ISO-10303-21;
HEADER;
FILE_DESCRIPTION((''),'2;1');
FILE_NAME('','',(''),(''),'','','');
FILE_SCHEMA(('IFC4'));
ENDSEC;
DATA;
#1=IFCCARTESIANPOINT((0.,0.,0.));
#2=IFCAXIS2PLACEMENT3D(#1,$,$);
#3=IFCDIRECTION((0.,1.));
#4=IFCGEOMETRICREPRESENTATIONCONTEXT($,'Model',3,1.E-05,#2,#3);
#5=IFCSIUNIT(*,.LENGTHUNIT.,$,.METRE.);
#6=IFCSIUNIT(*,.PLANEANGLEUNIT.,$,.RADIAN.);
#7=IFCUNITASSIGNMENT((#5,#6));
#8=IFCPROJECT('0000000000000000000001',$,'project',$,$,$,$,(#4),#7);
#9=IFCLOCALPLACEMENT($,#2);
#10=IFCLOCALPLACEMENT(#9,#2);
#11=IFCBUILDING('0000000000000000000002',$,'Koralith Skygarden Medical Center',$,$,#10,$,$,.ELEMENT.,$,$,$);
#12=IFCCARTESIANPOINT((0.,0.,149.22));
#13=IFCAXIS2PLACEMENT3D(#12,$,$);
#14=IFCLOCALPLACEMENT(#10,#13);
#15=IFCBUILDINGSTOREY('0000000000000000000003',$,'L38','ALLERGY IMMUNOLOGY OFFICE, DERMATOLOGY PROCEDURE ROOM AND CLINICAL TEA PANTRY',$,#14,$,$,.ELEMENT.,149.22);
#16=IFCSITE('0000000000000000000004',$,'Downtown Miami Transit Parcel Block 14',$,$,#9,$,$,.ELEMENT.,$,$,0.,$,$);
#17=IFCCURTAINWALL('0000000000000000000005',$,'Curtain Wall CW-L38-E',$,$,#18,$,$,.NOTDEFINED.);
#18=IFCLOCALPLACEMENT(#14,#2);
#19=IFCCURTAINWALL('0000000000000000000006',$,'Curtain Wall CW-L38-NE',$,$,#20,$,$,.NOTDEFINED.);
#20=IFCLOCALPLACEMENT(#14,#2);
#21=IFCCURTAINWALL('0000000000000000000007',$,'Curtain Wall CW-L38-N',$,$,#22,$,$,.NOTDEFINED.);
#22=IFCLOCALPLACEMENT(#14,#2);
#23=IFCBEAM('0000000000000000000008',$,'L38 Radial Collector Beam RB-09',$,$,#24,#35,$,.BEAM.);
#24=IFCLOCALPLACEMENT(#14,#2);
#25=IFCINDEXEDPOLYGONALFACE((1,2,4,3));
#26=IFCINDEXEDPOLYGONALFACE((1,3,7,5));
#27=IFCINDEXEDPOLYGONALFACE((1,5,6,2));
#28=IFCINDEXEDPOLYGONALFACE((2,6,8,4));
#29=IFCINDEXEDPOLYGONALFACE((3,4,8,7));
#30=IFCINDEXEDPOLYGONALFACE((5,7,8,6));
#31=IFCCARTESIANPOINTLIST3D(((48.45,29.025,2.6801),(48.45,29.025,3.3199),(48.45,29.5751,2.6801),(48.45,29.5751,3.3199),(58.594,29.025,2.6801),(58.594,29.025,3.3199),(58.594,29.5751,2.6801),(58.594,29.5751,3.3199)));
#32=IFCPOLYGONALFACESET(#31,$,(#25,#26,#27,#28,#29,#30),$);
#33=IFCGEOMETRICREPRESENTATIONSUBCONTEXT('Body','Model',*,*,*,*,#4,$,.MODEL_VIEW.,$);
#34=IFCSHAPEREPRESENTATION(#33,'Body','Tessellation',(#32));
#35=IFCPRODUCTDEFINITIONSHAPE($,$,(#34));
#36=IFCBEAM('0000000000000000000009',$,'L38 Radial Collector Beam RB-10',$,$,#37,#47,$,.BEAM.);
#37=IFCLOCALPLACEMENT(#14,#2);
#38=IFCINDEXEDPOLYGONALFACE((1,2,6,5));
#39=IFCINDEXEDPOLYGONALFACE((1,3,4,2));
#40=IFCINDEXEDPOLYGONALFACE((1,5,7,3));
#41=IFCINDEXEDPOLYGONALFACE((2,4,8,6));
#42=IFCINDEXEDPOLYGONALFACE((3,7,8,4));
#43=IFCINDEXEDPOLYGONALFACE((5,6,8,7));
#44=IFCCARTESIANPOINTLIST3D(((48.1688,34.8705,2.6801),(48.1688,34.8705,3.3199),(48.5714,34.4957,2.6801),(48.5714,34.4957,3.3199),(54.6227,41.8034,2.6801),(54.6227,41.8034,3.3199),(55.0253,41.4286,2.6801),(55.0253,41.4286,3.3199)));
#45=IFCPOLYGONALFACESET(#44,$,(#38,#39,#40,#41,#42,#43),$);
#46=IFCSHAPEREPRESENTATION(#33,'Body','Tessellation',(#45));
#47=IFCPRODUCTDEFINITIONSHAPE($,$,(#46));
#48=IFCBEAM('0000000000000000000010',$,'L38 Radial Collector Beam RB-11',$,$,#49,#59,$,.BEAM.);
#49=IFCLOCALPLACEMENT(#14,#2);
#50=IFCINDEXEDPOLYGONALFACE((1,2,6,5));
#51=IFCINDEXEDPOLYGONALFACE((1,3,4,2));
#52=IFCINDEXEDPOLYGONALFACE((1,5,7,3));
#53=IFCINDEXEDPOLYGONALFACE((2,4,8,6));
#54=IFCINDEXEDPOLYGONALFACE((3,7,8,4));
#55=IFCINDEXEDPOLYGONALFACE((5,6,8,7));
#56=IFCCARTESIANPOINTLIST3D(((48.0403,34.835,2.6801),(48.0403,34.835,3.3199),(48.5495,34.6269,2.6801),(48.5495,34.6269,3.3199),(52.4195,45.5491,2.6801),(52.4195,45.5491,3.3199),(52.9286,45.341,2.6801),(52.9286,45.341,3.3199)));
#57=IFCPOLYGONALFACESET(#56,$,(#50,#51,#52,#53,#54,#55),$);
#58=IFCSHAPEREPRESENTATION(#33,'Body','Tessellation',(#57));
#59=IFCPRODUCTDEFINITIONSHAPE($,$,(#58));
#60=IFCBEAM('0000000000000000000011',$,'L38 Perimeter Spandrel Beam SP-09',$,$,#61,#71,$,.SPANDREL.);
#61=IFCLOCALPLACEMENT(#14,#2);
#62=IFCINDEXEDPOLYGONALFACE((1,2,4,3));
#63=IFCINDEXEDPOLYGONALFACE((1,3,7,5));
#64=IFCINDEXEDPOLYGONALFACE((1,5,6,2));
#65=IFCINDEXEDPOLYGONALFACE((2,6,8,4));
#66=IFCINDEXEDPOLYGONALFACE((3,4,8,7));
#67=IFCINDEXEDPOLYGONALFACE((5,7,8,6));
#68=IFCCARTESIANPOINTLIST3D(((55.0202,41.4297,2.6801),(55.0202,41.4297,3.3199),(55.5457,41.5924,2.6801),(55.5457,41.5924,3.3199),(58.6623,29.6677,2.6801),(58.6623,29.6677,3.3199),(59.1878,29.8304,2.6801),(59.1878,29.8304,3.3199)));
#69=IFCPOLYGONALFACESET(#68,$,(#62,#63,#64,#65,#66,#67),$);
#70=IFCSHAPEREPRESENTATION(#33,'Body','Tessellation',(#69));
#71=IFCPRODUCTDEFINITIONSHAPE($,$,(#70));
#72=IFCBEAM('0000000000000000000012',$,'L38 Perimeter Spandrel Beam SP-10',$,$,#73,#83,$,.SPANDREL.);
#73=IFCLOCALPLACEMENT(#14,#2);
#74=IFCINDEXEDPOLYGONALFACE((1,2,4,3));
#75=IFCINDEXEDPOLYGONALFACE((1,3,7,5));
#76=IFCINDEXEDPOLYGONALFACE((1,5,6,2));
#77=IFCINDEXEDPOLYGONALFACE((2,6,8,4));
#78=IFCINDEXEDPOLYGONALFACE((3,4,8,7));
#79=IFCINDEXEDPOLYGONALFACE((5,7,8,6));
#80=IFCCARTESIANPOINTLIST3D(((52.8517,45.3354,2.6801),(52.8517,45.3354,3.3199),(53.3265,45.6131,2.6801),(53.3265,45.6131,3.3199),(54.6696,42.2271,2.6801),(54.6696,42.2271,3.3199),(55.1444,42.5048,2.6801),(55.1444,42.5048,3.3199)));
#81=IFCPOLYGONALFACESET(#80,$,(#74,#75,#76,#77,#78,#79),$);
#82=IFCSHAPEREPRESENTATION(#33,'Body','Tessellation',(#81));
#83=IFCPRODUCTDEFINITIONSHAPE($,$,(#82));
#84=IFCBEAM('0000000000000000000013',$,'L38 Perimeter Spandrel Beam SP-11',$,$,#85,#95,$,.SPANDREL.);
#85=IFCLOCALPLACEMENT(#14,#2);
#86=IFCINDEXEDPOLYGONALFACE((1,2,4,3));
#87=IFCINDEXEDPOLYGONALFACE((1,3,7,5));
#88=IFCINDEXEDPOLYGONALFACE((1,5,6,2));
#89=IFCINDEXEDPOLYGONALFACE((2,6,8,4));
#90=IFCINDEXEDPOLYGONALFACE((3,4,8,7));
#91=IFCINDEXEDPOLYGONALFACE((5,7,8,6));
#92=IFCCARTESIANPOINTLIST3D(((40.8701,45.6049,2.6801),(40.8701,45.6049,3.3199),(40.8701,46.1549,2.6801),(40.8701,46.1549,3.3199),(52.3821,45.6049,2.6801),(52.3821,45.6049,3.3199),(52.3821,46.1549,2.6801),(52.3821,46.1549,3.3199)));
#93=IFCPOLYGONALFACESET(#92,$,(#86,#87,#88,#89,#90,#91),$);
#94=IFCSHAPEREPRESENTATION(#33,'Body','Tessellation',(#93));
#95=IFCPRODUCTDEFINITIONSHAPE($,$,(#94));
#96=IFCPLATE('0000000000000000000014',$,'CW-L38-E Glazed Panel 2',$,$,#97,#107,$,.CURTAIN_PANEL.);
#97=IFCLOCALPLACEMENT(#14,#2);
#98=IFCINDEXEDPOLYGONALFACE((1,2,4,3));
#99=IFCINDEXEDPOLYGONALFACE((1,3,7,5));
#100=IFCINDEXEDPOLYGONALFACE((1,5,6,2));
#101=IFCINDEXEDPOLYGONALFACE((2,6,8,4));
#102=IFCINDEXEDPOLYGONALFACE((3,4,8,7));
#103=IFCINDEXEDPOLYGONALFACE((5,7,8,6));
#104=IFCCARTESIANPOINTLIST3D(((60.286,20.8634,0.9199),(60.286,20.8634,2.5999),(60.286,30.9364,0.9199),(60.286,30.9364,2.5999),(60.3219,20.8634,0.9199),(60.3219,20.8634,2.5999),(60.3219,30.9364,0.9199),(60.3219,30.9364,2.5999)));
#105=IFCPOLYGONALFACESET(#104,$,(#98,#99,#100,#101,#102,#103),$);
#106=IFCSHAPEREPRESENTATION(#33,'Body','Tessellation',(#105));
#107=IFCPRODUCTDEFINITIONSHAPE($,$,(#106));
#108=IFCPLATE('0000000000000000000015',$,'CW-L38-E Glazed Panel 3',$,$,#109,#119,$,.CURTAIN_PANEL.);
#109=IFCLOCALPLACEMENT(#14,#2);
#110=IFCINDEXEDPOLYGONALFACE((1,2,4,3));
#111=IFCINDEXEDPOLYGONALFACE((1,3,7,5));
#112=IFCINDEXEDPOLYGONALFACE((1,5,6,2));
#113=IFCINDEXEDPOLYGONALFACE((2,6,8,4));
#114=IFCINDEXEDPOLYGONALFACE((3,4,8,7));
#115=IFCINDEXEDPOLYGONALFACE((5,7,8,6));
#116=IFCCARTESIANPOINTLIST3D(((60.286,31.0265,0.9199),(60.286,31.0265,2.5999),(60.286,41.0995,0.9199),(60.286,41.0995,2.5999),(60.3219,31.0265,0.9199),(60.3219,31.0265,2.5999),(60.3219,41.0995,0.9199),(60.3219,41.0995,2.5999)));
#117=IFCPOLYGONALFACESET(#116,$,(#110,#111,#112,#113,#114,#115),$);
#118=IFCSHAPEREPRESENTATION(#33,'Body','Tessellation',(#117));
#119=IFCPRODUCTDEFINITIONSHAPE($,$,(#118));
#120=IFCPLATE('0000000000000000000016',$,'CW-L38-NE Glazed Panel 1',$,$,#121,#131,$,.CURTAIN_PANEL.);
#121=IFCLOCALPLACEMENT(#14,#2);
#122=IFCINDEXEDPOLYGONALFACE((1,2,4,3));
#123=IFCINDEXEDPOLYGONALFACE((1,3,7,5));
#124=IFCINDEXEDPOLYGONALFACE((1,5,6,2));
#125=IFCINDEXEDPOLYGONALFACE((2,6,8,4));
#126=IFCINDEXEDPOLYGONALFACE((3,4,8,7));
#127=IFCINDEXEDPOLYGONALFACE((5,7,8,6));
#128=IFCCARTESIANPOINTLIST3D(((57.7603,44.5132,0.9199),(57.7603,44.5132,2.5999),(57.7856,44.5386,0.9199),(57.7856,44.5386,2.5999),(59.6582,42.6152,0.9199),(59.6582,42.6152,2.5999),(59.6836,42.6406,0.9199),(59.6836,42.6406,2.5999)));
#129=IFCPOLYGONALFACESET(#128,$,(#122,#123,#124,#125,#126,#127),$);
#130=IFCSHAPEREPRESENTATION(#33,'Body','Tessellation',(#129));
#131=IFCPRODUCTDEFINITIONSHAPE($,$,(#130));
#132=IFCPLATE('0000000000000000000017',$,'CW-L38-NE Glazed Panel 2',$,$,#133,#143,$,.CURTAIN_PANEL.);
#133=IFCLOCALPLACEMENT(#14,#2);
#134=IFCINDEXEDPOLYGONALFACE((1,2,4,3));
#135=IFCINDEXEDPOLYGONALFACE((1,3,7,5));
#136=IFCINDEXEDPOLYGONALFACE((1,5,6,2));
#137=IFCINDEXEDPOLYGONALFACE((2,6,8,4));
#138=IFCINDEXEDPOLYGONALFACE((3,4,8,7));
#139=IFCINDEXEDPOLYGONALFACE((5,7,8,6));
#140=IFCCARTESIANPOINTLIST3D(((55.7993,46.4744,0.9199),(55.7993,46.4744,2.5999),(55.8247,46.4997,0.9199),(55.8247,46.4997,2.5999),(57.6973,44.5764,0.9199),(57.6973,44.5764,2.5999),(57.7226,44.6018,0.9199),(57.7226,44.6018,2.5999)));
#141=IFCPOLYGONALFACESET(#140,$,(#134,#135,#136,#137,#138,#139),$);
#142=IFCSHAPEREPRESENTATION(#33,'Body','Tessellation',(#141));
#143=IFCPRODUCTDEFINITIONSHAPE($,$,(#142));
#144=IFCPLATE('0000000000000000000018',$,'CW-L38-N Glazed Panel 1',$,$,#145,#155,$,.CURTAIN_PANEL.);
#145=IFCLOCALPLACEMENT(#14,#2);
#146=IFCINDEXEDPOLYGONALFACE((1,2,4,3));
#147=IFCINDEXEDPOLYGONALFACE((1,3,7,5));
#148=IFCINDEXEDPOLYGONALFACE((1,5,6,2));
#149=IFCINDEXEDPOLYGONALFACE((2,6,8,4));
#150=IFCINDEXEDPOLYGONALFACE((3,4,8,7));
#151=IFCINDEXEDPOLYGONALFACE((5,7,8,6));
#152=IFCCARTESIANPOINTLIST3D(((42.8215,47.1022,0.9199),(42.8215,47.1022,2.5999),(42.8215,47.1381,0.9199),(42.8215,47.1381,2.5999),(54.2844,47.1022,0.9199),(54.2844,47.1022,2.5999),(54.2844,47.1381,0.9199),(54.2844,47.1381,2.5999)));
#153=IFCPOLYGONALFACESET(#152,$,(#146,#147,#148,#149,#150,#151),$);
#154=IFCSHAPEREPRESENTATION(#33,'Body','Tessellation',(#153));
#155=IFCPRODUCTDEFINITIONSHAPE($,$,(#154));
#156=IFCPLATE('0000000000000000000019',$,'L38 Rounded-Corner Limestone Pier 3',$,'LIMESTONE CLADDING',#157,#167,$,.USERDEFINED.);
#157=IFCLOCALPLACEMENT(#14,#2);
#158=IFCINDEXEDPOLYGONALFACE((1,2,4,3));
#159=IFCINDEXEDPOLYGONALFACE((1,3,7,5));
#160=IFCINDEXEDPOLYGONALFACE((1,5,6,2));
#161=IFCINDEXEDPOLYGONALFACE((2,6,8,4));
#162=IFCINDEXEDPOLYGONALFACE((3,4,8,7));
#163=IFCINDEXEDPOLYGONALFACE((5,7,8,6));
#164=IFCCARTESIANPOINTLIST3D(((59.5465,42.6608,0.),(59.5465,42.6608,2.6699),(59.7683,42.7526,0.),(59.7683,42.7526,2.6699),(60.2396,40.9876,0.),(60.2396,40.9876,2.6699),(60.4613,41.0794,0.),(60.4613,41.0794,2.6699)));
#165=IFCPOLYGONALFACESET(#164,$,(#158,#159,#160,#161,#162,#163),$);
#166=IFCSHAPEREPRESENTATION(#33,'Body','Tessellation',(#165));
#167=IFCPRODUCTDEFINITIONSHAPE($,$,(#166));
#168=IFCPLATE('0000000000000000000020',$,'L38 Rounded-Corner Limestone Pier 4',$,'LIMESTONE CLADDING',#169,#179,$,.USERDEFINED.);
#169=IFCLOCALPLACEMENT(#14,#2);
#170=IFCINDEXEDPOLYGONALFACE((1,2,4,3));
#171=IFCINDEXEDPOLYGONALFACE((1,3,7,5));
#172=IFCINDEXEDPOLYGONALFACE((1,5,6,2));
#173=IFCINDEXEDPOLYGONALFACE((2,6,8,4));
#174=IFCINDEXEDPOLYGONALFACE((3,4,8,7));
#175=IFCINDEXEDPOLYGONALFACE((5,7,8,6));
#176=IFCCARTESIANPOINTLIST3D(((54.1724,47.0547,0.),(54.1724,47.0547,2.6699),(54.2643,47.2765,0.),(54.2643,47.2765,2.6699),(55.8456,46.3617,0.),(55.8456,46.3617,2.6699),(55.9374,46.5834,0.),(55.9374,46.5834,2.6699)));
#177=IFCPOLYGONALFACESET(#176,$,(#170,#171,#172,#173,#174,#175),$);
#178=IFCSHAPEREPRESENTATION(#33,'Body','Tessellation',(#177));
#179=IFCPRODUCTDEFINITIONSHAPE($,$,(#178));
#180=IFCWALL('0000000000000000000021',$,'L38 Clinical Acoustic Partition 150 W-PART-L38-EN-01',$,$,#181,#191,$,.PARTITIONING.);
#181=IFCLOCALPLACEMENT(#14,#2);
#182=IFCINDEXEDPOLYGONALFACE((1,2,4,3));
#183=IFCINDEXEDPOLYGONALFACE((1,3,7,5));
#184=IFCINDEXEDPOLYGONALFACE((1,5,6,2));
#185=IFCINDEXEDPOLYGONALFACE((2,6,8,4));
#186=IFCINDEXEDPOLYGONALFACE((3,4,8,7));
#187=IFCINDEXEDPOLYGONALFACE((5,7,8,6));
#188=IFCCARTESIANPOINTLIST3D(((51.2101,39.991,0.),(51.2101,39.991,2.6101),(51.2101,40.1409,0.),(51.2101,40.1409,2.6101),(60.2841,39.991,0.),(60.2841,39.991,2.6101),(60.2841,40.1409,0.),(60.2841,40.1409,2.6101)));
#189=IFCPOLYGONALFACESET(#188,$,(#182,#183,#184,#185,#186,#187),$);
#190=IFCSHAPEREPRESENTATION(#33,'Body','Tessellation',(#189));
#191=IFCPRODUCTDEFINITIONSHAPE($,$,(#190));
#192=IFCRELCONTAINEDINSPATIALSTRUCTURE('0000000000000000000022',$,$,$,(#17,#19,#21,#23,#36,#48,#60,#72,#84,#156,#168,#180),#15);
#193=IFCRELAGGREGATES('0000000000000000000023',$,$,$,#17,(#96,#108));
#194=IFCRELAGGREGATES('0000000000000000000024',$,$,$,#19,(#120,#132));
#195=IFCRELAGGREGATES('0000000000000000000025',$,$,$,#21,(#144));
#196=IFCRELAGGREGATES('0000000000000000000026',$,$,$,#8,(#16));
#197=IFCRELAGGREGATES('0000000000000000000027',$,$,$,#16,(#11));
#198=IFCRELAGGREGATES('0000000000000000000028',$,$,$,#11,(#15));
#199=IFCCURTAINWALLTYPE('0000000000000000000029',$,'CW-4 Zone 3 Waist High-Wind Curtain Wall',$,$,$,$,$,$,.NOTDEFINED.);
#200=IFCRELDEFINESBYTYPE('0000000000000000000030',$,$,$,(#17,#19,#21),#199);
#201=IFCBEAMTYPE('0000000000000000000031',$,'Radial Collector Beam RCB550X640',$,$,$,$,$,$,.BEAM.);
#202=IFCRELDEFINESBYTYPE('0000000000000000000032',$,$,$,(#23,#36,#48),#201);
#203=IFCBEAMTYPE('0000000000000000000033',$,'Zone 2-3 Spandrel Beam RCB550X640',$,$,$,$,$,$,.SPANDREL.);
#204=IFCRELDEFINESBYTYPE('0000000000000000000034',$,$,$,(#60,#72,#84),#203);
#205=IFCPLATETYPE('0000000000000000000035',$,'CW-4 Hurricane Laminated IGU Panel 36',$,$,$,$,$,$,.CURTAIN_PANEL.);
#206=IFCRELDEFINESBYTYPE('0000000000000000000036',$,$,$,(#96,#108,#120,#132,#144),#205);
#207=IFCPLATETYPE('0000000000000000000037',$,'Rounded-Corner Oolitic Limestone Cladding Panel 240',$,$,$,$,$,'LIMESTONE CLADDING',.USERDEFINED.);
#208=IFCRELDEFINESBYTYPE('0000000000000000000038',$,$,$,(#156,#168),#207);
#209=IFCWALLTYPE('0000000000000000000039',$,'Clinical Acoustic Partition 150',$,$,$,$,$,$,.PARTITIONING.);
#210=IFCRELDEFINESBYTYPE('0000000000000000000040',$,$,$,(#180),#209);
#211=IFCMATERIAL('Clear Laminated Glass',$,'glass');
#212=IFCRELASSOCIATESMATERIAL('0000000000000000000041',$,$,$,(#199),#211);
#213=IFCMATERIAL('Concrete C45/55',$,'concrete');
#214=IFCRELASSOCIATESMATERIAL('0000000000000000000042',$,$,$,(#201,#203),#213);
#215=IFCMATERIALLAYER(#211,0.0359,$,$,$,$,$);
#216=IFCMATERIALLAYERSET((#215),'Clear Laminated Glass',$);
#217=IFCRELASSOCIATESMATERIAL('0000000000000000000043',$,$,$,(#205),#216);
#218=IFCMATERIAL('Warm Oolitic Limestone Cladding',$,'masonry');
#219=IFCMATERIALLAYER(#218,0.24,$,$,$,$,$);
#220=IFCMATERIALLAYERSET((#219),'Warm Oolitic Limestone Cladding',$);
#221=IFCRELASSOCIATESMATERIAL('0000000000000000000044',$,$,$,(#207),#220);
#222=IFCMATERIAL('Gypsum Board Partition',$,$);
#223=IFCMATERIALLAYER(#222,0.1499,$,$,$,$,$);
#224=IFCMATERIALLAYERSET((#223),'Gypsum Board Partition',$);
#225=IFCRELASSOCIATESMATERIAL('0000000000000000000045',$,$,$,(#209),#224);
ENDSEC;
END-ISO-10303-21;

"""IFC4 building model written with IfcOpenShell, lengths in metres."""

from ifc_helpers import new_model, si_unit, direction, frame, frame_2d, origin, origin_2d, place, context, subcontext, project, spatial, rectangle, extrude, material, layer, layer_set, material_profile, profile_set, type_object, element, aggregate, save


model = new_model("IFC4")

# Units and contexts
model_context = context("Model", 3, precision=1e-05, world=origin(), true_north=direction((0.0, 1.0)))
body_context = subcontext(model_context, "Body", "Model", "MODEL_VIEW")
ifc_project = project(units=[si_unit("LENGTHUNIT", "METRE"), si_unit("PLANEANGLEUNIT", "RADIAN")], contexts=[model_context])

# Site, building, storey
site_placement = place(None, origin())
site = spatial("IfcSite", under=ifc_project, at=site_placement, Name="Downtown Miami Transit Parcel Block 14", CompositionType="ELEMENT", RefElevation=0.0)
building_placement = place(site_placement, origin())
building = spatial("IfcBuilding", under=site, at=building_placement, Name="Koralith Skygarden Medical Center", CompositionType="ELEMENT")
storey_placement = place(building_placement, frame((0.0, 0.0, 149.22)))
storey = spatial("IfcBuildingStorey", under=building, at=storey_placement, Name="L38", Description="ALLERGY IMMUNOLOGY OFFICE, DERMATOLOGY PROCEDURE ROOM AND CLINICAL TEA PANTRY", CompositionType="ELEMENT", Elevation=149.22)

# Curtain walls
ifc_material_1 = material(Name="Clear Laminated Glass", Category="glass")
curtain_wall_type = type_object("IfcCurtainWallType", Name="CW-4 Zone 3 Waist High-Wind Curtain Wall", PredefinedType="NOTDEFINED", material=ifc_material_1)
curtain_wall_1_placement = place(storey_placement, origin())
curtain_wall_1 = element("IfcCurtainWall", 1, at=curtain_wall_1_placement, inside=storey, type_object=curtain_wall_type, Name="Curtain Wall CW-L38-E", PredefinedType="NOTDEFINED")
curtain_wall_2_placement = place(storey_placement, origin())
curtain_wall_2 = element("IfcCurtainWall", 2, at=curtain_wall_2_placement, inside=storey, type_object=curtain_wall_type, Name="Curtain Wall CW-L38-NE", PredefinedType="NOTDEFINED")

# Curtain wall
curtain_wall_3_placement = place(storey_placement, origin())
curtain_wall_3 = element("IfcCurtainWall", 3, at=curtain_wall_3_placement, inside=storey, type_object=curtain_wall_type, Name="Curtain Wall CW-L38-N", PredefinedType="NOTDEFINED")

# Beams
ifc_material_2 = material(Name="Concrete C45/55", Category="concrete")
ifc_material_profile_1 = material_profile(ifc_material_2, rectangle(XDim=0.55, YDim=0.6399, at=origin_2d()), Name="RCB550X640")
ifc_profile_set_1 = profile_set([ifc_material_profile_1], Name="Concrete C45/55")
beam_type_1 = type_object("IfcBeamType", Name="Radial Collector Beam RCB550X640", PredefinedType="BEAM", material=ifc_profile_set_1)
beam_1_placement = place(storey_placement, frame((48.45, 29.3, 3.0), z_axis=(1.0, 0.0, 0.0), x_axis=(0.0, 1.0, 0.0)))
element("IfcBeam", 4, at=beam_1_placement, inside=storey, type_object=beam_type_1, Name="L38 Radial Collector Beam RB-09", PredefinedType="BEAM", context=body_context, shape_type="SweptSolid", body=[
    extrude(rectangle(XDim=0.55, YDim=0.6399, at=origin_2d()), origin(), (0.0, 0.0, 1.0), 10.144),
])
beam_2_placement = place(storey_placement, frame((48.3701, 34.6831, 3.0), z_axis=(0.681369, 0.73194, 0.0), x_axis=(-0.73194, 0.681369, 0.0)))
element("IfcBeam", 5, at=beam_2_placement, inside=storey, type_object=beam_type_1, Name="L38 Radial Collector Beam RB-10", PredefinedType="BEAM", context=body_context, shape_type="SweptSolid", body=[
    extrude(rectangle(XDim=0.55, YDim=0.6399, at=origin_2d()), origin(), (0.0, 0.0, 1.0), 9.4719),
])
beam_3_placement = place(storey_placement, frame((48.2949, 34.731, 3.0), z_axis=(0.378345, 0.925665, 0.0), x_axis=(-0.925665, 0.378345, 0.0)))
element("IfcBeam", 6, at=beam_3_placement, inside=storey, type_object=beam_type_1, Name="L38 Radial Collector Beam RB-11", PredefinedType="BEAM", context=body_context, shape_type="SweptSolid", body=[
    extrude(rectangle(XDim=0.55, YDim=0.6399, at=origin_2d()), origin(), (0.0, 0.0, 1.0), 11.5745),
])
ifc_material_profile_2 = material_profile(ifc_material_2, rectangle(XDim=0.55, YDim=0.6399, at=origin_2d()), Name="RCB550X640")
ifc_profile_set_2 = profile_set([ifc_material_profile_2], Name="Concrete C45/55")
beam_type_2 = type_object("IfcBeamType", Name="Zone 2-3 Spandrel Beam RCB550X640", PredefinedType="SPANDREL", material=ifc_profile_set_2)
beam_4_placement = place(storey_placement, frame((58.925, 29.749, 3.0), z_axis=(-0.295794, 0.955252, 0.0), x_axis=(-0.955252, -0.295794, 0.0)))
element("IfcBeam", 7, at=beam_4_placement, inside=storey, type_object=beam_type_2, Name="L38 Perimeter Spandrel Beam SP-09", PredefinedType="SPANDREL", context=body_context, shape_type="SweptSolid", body=[
    extrude(rectangle(XDim=0.55, YDim=0.6399, at=origin_2d()), origin(), (0.0, 0.0, 1.0), 12.313),
])
beam_5_placement = place(storey_placement, frame((54.907, 42.366, 3.0), z_axis=(-0.504861, 0.8632, 0.0), x_axis=(-0.8632, -0.504861, 0.0)))
element("IfcBeam", 8, at=beam_5_placement, inside=storey, type_object=beam_type_2, Name="L38 Perimeter Spandrel Beam SP-10", PredefinedType="SPANDREL", context=body_context, shape_type="SweptSolid", body=[
    extrude(rectangle(XDim=0.55, YDim=0.6399, at=origin_2d()), origin(), (0.0, 0.0, 1.0), 3.6008),
])
beam_6_placement = place(storey_placement, frame((52.3821, 45.8799, 3.0), z_axis=(-1.0, 0.0, 0.0), x_axis=(0.0, -1.0, 0.0)))
element("IfcBeam", 9, at=beam_6_placement, inside=storey, type_object=beam_type_2, Name="L38 Perimeter Spandrel Beam SP-11", PredefinedType="SPANDREL", context=body_context, shape_type="SweptSolid", body=[
    extrude(rectangle(XDim=0.55, YDim=0.6399, at=origin_2d()), origin(), (0.0, 0.0, 1.0), 11.512),
])

# Plates
ifc_layer_1 = layer(ifc_material_1, 0.0359)
ifc_layer_set_1 = layer_set([ifc_layer_1], Name="Clear Laminated Glass")
plate_type_1 = type_object("IfcPlateType", Name="CW-4 Hurricane Laminated IGU Panel 36", PredefinedType="CURTAIN_PANEL", material=ifc_layer_set_1)
plate_1_placement = place(storey_placement, frame((60.304, 25.8999, 0.9199), z_axis=(0.0, 0.0, 1.0), x_axis=(0.0, 1.0, 0.0)))
plate_1 = element("IfcPlate", 10, at=plate_1_placement, type_object=plate_type_1, Name="CW-L38-E Glazed Panel 2", PredefinedType="CURTAIN_PANEL", context=body_context, shape_type="SweptSolid", body=[
    extrude(rectangle(XDim=10.073, YDim=0.0359, at=origin_2d()), origin(), (0.0, 0.0, 1.0), 1.6799),
])
plate_2_placement = place(storey_placement, frame((60.304, 36.063, 0.9199), z_axis=(0.0, 0.0, 1.0), x_axis=(0.0, 1.0, 0.0)))
plate_2 = element("IfcPlate", 11, at=plate_2_placement, type_object=plate_type_1, Name="CW-L38-E Glazed Panel 3", PredefinedType="CURTAIN_PANEL", context=body_context, shape_type="SweptSolid", body=[
    extrude(rectangle(XDim=10.073, YDim=0.0359, at=origin_2d()), origin(), (0.0, 0.0, 1.0), 1.6799),
])
aggregate(curtain_wall_1, [plate_1, plate_2])
plate_3_placement = place(storey_placement, frame((58.7219, 43.5769, 0.9199), z_axis=(0.0, 0.0, 1.0), x_axis=(-0.707107, 0.707107, 0.0)))
plate_3 = element("IfcPlate", 12, at=plate_3_placement, type_object=plate_type_1, Name="CW-L38-NE Glazed Panel 1", PredefinedType="CURTAIN_PANEL", context=body_context, shape_type="SweptSolid", body=[
    extrude(rectangle(XDim=2.6841, YDim=0.0359, at=origin_2d()), origin(), (0.0, 0.0, 1.0), 1.6799),
])
plate_4_placement = place(storey_placement, frame((56.761, 45.5381, 0.9199), z_axis=(0.0, 0.0, 1.0), x_axis=(-0.707107, 0.707107, 0.0)))
plate_4 = element("IfcPlate", 13, at=plate_4_placement, type_object=plate_type_1, Name="CW-L38-NE Glazed Panel 2", PredefinedType="CURTAIN_PANEL", context=body_context, shape_type="SweptSolid", body=[
    extrude(rectangle(XDim=2.6841, YDim=0.0359, at=origin_2d()), origin(), (0.0, 0.0, 1.0), 1.6799),
])
aggregate(curtain_wall_2, [plate_3, plate_4])
plate_5_placement = place(storey_placement, frame((48.553, 47.1201, 0.9199), z_axis=(0.0, 0.0, 1.0), x_axis=(-1.0, 0.0, 0.0)))
plate_5 = element("IfcPlate", 14, at=plate_5_placement, type_object=plate_type_1, Name="CW-L38-N Glazed Panel 1", PredefinedType="CURTAIN_PANEL", context=body_context, shape_type="SweptSolid", body=[
    extrude(rectangle(XDim=11.4629, YDim=0.0359, at=origin_2d()), origin(), (0.0, 0.0, 1.0), 1.6799),
])
aggregate(curtain_wall_3, [plate_5])

# Plates
ifc_material_3 = material(Name="Warm Oolitic Limestone Cladding", Category="masonry")
ifc_layer_2 = layer(ifc_material_3, 0.24)
ifc_layer_set_2 = layer_set([ifc_layer_2], Name="Warm Oolitic Limestone Cladding")
plate_type_2 = type_object("IfcPlateType", Name="Rounded-Corner Oolitic Limestone Cladding Panel 240", ElementType="LIMESTONE CLADDING", PredefinedType="USERDEFINED", material=ifc_layer_set_2)
for number, where, z_axis, x_axis, name in (
    (15, (60.0039, 41.8701, 0.0), (0.0, 0.0, 1.0), (-0.382671, 0.923885, 0.0), "L38 Rounded-Corner Limestone Pier 3"),
    (16, (55.0549, 46.8191, 0.0), (0.0, 0.0, 1.0), (-0.923885, 0.382671, 0.0), "L38 Rounded-Corner Limestone Pier 4"),
):
    element("IfcPlate", number, at=place(storey_placement, frame(where, z_axis=z_axis, x_axis=x_axis)), inside=storey, type_object=plate_type_2, Name=name, ObjectType="LIMESTONE CLADDING", PredefinedType="USERDEFINED", context=body_context, shape_type="SweptSolid", body=[
        extrude(rectangle(XDim=1.811, YDim=0.24, at=origin_2d()), origin(), (0.0, 0.0, 1.0), 2.6699),
    ])

# Wall
ifc_material_4 = material(Name="Gypsum Board Partition")
ifc_layer_3 = layer(ifc_material_4, 0.1499)
ifc_layer_set_3 = layer_set([ifc_layer_3], Name="Gypsum Board Partition")
wall_type_1 = type_object("IfcWallType", Name="Clinical Acoustic Partition 150", PredefinedType="PARTITIONING", material=ifc_layer_set_3)
wall_1_placement = place(storey_placement, frame((51.21, 40.0659, 0.0), z_axis=(0.0, 0.0, 1.0), x_axis=(1.0, 0.0, 0.0)))
element("IfcWall", 17, at=wall_1_placement, inside=storey, type_object=wall_type_1, Name="L38 Clinical Acoustic Partition 150 W-PART-L38-EN-01", PredefinedType="PARTITIONING", context=body_context, shape_type="SweptSolid", body=[
    extrude(rectangle(XDim=9.074, YDim=0.1499, at=frame_2d((4.5371, 0.0))), origin(), (0.0, 0.0, 1.0), 2.6101),
])

save(model, "model.ifc")
